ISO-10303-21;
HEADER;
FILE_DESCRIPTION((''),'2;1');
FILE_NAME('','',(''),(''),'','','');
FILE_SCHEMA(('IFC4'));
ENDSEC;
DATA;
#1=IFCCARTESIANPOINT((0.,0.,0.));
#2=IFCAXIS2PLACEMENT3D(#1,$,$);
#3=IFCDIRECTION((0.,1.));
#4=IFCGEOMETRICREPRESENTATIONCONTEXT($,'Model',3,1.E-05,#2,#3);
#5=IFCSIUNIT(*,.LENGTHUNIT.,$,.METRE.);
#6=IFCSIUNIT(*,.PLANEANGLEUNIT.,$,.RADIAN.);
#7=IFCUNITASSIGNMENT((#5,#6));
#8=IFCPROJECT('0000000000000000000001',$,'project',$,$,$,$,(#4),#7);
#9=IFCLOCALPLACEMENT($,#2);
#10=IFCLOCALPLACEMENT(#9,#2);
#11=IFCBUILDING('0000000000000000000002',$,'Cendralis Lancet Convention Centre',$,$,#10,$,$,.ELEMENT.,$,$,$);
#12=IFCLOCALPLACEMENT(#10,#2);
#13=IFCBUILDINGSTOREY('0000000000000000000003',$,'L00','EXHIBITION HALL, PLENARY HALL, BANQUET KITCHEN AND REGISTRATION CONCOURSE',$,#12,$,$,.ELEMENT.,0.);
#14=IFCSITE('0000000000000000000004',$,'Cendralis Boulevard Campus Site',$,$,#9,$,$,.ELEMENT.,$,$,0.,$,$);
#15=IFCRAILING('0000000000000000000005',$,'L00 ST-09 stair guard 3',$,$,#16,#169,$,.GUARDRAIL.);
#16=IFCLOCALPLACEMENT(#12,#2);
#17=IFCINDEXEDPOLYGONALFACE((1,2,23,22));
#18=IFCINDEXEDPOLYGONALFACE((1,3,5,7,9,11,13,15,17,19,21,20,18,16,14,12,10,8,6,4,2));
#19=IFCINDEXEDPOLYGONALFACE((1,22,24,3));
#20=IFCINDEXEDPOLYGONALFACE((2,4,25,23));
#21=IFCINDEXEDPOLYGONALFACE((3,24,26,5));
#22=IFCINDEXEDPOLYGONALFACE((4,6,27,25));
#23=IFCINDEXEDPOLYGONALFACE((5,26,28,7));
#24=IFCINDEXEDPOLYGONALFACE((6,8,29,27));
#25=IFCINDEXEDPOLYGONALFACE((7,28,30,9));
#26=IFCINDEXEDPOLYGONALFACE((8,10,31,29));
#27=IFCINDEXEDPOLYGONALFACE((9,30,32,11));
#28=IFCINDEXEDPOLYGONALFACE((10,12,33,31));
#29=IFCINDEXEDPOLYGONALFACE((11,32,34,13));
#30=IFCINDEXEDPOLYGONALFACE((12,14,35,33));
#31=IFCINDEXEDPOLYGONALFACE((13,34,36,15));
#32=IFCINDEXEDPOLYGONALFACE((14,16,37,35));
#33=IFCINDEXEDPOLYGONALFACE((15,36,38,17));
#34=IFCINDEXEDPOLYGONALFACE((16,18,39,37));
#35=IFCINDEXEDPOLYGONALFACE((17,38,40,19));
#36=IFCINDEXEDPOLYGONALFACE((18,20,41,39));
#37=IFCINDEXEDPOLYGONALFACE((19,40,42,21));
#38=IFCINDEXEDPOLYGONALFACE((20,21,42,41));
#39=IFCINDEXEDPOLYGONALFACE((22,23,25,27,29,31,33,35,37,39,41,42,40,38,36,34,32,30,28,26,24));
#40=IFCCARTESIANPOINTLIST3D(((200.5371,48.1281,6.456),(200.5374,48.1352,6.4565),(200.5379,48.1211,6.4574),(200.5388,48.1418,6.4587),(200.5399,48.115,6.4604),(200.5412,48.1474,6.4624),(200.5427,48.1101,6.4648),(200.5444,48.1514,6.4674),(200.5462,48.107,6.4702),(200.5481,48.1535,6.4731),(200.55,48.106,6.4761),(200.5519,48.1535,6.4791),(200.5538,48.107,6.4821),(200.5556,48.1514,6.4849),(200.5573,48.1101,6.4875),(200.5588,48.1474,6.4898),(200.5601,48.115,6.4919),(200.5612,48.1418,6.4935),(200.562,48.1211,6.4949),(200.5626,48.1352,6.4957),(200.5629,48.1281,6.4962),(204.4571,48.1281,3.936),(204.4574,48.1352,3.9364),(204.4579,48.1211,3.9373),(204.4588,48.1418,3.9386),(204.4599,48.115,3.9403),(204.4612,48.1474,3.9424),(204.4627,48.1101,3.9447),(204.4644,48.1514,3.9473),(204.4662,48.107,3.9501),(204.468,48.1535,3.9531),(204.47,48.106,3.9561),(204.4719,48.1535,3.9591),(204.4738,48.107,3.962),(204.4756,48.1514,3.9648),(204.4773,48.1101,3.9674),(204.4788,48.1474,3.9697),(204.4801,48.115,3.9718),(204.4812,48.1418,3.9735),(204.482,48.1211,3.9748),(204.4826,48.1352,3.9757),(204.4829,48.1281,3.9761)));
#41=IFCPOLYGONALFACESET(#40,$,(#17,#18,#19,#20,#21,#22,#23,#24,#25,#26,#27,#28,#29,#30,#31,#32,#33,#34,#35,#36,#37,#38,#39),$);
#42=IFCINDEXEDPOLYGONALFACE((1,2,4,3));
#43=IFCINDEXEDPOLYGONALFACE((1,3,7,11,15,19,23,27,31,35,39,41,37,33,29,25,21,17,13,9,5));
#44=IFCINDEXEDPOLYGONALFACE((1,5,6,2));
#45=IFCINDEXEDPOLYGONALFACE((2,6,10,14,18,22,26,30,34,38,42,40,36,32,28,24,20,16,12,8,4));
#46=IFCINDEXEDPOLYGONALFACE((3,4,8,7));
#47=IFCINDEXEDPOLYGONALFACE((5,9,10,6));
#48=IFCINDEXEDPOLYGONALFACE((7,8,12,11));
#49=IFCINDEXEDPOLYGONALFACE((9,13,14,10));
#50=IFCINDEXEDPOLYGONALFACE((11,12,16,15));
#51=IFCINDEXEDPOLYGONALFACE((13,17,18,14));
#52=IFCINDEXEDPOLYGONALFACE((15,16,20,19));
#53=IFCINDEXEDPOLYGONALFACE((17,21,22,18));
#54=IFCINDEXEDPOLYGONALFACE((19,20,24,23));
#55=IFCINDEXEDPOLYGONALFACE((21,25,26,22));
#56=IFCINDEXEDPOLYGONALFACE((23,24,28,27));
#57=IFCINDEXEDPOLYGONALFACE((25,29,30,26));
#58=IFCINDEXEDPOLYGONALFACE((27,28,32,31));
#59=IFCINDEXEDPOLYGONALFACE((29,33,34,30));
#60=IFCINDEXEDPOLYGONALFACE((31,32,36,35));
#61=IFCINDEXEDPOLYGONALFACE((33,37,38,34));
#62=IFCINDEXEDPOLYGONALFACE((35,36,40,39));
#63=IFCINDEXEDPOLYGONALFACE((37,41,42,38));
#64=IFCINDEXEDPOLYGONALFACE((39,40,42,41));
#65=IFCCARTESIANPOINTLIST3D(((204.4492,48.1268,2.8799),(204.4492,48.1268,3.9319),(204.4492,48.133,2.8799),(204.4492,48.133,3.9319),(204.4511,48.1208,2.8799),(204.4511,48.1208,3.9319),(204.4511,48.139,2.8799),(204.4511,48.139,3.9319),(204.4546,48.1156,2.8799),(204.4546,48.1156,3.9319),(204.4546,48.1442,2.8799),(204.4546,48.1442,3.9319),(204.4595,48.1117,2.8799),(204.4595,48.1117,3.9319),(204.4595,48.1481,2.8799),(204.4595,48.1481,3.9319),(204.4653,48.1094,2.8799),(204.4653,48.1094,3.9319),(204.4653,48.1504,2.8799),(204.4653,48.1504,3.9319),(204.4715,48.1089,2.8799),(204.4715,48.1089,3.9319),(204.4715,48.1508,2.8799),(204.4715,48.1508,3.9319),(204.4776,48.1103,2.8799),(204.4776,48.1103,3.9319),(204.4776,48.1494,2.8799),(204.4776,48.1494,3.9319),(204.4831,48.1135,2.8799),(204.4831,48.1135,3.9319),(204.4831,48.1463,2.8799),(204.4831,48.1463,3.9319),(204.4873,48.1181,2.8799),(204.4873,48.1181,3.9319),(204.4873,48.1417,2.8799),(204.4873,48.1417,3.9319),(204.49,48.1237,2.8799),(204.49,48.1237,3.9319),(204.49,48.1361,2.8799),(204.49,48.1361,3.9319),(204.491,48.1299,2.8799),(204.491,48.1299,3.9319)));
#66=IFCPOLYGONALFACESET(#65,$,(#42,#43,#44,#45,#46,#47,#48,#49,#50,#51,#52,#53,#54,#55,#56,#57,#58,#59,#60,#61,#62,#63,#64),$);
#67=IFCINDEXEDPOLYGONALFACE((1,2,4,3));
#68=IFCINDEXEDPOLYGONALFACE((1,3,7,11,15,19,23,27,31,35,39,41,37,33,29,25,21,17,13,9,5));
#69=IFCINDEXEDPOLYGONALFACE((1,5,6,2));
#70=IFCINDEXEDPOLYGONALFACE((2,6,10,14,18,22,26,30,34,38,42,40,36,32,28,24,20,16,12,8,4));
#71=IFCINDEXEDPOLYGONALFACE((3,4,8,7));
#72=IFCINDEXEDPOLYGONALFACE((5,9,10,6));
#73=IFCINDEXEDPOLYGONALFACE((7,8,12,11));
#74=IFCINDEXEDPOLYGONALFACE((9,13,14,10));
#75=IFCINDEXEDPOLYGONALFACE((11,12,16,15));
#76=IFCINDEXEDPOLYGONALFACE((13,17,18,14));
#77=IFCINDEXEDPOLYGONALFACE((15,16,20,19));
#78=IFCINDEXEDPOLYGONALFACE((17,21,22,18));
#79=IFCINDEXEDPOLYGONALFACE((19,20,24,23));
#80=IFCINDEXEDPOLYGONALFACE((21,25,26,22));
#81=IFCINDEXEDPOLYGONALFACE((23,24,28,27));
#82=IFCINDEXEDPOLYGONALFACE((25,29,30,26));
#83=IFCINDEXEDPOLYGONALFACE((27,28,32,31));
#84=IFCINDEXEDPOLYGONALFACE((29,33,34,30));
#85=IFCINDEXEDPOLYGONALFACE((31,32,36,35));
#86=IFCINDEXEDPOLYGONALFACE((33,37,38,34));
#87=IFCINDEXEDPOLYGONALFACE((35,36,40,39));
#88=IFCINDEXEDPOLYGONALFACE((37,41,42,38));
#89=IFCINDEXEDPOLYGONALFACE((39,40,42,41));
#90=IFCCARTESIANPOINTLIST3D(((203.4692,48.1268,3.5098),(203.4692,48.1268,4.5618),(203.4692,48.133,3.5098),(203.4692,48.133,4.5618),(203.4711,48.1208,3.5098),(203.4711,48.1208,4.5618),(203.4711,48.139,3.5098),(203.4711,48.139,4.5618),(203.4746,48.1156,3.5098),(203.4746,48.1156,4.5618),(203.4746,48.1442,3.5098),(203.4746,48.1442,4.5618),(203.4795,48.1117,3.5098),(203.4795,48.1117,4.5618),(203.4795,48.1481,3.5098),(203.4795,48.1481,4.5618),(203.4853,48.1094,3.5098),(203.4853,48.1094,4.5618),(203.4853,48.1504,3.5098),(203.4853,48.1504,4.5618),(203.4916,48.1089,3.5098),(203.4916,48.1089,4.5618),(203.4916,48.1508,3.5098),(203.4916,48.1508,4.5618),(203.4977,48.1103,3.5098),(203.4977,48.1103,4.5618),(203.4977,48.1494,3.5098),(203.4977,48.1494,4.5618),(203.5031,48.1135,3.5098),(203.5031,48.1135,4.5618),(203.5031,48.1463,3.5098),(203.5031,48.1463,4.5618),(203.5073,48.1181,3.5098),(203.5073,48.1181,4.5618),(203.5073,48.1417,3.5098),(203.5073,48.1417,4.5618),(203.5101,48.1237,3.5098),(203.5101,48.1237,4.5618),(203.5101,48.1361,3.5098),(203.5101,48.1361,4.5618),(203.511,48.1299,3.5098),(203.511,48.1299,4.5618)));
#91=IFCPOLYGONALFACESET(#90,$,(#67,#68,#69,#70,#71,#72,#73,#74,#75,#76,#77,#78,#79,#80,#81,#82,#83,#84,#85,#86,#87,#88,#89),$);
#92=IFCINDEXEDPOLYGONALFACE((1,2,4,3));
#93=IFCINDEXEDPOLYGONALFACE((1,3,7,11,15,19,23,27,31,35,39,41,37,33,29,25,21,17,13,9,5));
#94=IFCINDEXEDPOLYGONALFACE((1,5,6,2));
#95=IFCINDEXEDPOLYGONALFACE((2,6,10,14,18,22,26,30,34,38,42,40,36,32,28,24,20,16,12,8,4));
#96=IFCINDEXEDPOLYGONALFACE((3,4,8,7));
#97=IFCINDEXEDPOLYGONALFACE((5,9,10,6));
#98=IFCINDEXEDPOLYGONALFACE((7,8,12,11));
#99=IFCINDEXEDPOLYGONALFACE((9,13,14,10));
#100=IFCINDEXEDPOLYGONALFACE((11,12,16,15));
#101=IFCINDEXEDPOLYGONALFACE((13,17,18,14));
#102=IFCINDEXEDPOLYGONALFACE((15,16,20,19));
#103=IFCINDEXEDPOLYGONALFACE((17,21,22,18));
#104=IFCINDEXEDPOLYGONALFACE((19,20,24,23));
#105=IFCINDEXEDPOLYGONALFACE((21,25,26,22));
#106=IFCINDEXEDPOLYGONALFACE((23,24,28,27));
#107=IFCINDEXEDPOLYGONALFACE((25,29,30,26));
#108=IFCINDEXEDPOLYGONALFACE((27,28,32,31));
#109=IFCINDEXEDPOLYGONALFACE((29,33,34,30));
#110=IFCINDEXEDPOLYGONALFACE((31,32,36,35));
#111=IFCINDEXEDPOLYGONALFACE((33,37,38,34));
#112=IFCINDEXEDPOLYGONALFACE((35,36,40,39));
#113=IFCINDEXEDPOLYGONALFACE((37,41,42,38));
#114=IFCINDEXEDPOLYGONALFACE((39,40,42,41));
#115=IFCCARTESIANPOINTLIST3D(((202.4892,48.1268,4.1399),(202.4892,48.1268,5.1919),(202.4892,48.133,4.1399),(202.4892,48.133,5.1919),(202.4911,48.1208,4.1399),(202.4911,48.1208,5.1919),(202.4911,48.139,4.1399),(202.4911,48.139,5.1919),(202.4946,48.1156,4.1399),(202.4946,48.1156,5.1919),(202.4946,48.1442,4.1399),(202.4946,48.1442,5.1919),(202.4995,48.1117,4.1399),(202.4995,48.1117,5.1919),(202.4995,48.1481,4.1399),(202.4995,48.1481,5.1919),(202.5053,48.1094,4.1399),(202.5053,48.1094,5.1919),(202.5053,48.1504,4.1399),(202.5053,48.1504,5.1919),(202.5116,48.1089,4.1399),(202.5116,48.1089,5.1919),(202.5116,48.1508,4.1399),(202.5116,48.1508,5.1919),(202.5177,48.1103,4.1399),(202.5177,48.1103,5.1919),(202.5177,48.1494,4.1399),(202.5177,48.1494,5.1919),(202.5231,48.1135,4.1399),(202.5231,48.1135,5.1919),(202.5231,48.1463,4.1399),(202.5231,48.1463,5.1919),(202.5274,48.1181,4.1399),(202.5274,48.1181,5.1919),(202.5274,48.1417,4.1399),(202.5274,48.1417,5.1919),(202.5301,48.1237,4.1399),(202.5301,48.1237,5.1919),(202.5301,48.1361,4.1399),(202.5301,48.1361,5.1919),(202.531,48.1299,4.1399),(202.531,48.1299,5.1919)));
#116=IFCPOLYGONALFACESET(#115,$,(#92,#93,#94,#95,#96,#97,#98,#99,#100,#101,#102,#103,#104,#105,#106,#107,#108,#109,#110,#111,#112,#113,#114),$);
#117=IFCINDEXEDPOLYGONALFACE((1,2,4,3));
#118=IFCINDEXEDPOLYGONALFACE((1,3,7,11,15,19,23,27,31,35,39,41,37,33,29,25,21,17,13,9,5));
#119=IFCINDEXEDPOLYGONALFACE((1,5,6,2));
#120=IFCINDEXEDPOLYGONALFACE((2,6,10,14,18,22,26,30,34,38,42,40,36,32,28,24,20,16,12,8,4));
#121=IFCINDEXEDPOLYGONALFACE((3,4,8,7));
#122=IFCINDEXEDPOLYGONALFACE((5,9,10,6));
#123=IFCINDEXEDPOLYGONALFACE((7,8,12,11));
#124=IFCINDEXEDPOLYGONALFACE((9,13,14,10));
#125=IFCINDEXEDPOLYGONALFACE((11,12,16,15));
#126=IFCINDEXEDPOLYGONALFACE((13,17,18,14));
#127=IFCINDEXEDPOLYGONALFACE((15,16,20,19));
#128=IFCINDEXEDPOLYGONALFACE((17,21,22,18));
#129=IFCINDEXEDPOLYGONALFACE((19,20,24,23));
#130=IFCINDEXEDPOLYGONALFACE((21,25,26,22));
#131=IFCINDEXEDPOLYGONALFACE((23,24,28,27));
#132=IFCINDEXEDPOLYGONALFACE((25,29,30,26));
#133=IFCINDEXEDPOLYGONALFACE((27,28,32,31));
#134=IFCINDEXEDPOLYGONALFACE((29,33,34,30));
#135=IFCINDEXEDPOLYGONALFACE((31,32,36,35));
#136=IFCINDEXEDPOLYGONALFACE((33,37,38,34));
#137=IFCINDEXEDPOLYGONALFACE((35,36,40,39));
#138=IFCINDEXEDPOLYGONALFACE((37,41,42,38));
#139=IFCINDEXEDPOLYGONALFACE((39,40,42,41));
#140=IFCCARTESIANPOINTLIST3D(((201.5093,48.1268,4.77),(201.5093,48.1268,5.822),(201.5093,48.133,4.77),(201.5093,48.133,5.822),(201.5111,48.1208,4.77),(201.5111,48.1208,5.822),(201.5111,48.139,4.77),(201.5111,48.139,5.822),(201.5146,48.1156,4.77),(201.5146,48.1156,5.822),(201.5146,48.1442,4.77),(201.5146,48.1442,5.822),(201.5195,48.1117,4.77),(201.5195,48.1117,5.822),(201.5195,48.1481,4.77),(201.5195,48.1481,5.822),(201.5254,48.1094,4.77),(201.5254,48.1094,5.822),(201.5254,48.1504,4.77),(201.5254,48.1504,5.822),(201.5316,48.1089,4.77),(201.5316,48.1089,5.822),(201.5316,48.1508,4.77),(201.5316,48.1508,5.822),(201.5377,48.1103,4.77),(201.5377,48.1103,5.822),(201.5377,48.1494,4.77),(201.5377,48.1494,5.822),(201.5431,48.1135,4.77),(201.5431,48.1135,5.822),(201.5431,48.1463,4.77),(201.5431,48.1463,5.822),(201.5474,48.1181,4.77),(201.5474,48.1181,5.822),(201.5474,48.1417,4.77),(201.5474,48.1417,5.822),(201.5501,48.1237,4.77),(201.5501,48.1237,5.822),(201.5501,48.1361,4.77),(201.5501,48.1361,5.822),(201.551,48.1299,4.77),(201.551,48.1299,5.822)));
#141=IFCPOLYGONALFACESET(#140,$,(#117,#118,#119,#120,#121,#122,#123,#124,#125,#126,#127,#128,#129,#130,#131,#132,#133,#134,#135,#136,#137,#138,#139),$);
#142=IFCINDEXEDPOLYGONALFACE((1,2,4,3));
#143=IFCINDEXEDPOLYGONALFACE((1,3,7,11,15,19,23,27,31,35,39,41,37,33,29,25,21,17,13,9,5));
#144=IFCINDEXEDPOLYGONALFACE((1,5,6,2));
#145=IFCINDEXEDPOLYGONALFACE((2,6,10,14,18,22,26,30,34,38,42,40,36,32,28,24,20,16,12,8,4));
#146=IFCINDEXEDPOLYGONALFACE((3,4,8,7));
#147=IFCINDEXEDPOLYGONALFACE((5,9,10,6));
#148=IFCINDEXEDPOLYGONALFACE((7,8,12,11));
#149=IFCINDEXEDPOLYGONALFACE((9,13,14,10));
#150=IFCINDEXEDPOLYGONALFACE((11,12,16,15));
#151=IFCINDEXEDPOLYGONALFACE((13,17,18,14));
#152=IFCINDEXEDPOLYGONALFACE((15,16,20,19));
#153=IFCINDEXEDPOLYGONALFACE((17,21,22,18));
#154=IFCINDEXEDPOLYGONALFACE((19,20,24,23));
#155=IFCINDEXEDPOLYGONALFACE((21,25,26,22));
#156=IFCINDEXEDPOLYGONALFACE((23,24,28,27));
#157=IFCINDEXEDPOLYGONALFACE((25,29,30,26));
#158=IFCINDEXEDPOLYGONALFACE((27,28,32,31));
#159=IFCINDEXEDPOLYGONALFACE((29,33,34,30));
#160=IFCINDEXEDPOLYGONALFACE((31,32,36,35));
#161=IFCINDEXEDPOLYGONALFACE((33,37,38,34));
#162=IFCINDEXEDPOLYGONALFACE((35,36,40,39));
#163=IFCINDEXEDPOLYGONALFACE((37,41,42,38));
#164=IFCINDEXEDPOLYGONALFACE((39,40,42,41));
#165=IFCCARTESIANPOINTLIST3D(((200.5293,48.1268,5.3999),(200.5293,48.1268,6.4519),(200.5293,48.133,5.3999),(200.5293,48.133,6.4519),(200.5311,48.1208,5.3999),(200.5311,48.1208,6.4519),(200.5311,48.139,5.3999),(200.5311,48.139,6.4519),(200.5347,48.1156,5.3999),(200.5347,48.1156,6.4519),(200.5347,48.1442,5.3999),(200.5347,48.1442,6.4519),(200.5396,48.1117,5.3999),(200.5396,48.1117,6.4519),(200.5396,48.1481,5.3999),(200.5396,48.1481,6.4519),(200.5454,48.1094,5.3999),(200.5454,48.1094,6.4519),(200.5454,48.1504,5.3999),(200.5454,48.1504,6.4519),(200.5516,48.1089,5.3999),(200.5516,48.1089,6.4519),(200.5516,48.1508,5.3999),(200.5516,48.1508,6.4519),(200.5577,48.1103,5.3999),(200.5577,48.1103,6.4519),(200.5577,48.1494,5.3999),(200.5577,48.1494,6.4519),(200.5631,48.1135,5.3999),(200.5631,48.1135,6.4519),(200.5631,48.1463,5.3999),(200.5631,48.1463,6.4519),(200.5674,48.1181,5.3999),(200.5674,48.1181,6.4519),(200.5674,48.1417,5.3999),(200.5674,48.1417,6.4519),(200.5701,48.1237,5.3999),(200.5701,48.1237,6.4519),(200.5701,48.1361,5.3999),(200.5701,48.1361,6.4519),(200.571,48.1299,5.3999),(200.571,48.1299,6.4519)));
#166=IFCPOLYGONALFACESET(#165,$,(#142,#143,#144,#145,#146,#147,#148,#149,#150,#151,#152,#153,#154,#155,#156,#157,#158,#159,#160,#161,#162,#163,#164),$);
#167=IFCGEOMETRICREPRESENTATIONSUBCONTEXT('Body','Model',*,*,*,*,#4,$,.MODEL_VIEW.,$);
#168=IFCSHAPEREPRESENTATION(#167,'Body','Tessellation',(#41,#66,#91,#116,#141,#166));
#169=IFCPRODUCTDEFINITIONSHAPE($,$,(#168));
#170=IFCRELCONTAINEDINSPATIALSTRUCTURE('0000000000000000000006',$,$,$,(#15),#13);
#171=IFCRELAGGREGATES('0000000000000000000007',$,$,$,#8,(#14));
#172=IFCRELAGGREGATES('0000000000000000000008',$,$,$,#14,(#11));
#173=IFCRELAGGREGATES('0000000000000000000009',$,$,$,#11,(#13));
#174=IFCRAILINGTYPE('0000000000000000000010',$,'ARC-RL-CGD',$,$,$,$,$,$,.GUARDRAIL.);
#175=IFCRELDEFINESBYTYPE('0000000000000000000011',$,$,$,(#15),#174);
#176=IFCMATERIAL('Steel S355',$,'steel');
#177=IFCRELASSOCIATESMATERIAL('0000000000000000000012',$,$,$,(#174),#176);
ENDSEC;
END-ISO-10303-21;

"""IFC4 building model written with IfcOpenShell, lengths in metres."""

from ifc_helpers import new_model, si_unit, direction, frame, origin, origin_2d, place, context, subcontext, project, spatial, circle, extrude, material, type_object, element, save


model = new_model("IFC4")

# Units and contexts
model_context = context("Model", 3, precision=1e-05, world=origin(), true_north=direction((0.0, 1.0)))
body_context = subcontext(model_context, "Body", "Model", "MODEL_VIEW")
ifc_project = project(units=[si_unit("LENGTHUNIT", "METRE"), si_unit("PLANEANGLEUNIT", "RADIAN")], contexts=[model_context])

# Site, building, storey
site_placement = place(None, origin())
site = spatial("IfcSite", under=ifc_project, at=site_placement, Name="Cendralis Boulevard Campus Site", CompositionType="ELEMENT", RefElevation=0.0)
building_placement = place(site_placement, origin())
building = spatial("IfcBuilding", under=site, at=building_placement, Name="Cendralis Lancet Convention Centre", CompositionType="ELEMENT")
storey_placement = place(building_placement, origin())
storey = spatial("IfcBuildingStorey", under=building, at=storey_placement, Name="L00", Description="EXHIBITION HALL, PLENARY HALL, BANQUET KITCHEN AND REGISTRATION CONCOURSE", CompositionType="ELEMENT", Elevation=0.0)

# Shared definitions
ifc_material_1 = material(Name="Steel S355", Category="steel")

# Railing
railing_type_1 = type_object("IfcRailingType", Name="ARC-RL-CGD", PredefinedType="GUARDRAIL", material=ifc_material_1)
railing_1_placement = place(storey_placement, frame((204.47, 48.1299, 2.8799)))
element("IfcRailing", 1, at=railing_1_placement, inside=storey, type_object=railing_type_1, Name="L00 ST-09 stair guard 3", PredefinedType="GUARDRAIL", context=body_context, shape_type="SweptSolid", body=[
    extrude(circle(Radius=0.0239, at=origin_2d()), frame((0.0, 0.0, 1.0762), z_axis=(-0.841172, 0.0, 0.540768), x_axis=(0.0, -1.0, 0.0)), (0.0, 0.0, 1.0), 4.6602),
    extrude(circle(Radius=0.021, at=origin_2d()), origin(), (0.0, 0.0, 1.0), 1.052),
    extrude(circle(Radius=0.021, at=origin_2d()), frame((-0.98, 0.0, 0.6299)), (0.0, 0.0, 1.0), 1.052),
    extrude(circle(Radius=0.021, at=origin_2d()), frame((-1.96, 0.0, 1.26)), (0.0, 0.0, 1.0), 1.052),
    extrude(circle(Radius=0.021, at=origin_2d()), frame((-2.9399, 0.0, 1.8901)), (0.0, 0.0, 1.0), 1.052),
    extrude(circle(Radius=0.021, at=origin_2d()), frame((-3.9199, 0.0, 2.52)), (0.0, 0.0, 1.0), 1.052),
])

save(model, "model.ifc")
